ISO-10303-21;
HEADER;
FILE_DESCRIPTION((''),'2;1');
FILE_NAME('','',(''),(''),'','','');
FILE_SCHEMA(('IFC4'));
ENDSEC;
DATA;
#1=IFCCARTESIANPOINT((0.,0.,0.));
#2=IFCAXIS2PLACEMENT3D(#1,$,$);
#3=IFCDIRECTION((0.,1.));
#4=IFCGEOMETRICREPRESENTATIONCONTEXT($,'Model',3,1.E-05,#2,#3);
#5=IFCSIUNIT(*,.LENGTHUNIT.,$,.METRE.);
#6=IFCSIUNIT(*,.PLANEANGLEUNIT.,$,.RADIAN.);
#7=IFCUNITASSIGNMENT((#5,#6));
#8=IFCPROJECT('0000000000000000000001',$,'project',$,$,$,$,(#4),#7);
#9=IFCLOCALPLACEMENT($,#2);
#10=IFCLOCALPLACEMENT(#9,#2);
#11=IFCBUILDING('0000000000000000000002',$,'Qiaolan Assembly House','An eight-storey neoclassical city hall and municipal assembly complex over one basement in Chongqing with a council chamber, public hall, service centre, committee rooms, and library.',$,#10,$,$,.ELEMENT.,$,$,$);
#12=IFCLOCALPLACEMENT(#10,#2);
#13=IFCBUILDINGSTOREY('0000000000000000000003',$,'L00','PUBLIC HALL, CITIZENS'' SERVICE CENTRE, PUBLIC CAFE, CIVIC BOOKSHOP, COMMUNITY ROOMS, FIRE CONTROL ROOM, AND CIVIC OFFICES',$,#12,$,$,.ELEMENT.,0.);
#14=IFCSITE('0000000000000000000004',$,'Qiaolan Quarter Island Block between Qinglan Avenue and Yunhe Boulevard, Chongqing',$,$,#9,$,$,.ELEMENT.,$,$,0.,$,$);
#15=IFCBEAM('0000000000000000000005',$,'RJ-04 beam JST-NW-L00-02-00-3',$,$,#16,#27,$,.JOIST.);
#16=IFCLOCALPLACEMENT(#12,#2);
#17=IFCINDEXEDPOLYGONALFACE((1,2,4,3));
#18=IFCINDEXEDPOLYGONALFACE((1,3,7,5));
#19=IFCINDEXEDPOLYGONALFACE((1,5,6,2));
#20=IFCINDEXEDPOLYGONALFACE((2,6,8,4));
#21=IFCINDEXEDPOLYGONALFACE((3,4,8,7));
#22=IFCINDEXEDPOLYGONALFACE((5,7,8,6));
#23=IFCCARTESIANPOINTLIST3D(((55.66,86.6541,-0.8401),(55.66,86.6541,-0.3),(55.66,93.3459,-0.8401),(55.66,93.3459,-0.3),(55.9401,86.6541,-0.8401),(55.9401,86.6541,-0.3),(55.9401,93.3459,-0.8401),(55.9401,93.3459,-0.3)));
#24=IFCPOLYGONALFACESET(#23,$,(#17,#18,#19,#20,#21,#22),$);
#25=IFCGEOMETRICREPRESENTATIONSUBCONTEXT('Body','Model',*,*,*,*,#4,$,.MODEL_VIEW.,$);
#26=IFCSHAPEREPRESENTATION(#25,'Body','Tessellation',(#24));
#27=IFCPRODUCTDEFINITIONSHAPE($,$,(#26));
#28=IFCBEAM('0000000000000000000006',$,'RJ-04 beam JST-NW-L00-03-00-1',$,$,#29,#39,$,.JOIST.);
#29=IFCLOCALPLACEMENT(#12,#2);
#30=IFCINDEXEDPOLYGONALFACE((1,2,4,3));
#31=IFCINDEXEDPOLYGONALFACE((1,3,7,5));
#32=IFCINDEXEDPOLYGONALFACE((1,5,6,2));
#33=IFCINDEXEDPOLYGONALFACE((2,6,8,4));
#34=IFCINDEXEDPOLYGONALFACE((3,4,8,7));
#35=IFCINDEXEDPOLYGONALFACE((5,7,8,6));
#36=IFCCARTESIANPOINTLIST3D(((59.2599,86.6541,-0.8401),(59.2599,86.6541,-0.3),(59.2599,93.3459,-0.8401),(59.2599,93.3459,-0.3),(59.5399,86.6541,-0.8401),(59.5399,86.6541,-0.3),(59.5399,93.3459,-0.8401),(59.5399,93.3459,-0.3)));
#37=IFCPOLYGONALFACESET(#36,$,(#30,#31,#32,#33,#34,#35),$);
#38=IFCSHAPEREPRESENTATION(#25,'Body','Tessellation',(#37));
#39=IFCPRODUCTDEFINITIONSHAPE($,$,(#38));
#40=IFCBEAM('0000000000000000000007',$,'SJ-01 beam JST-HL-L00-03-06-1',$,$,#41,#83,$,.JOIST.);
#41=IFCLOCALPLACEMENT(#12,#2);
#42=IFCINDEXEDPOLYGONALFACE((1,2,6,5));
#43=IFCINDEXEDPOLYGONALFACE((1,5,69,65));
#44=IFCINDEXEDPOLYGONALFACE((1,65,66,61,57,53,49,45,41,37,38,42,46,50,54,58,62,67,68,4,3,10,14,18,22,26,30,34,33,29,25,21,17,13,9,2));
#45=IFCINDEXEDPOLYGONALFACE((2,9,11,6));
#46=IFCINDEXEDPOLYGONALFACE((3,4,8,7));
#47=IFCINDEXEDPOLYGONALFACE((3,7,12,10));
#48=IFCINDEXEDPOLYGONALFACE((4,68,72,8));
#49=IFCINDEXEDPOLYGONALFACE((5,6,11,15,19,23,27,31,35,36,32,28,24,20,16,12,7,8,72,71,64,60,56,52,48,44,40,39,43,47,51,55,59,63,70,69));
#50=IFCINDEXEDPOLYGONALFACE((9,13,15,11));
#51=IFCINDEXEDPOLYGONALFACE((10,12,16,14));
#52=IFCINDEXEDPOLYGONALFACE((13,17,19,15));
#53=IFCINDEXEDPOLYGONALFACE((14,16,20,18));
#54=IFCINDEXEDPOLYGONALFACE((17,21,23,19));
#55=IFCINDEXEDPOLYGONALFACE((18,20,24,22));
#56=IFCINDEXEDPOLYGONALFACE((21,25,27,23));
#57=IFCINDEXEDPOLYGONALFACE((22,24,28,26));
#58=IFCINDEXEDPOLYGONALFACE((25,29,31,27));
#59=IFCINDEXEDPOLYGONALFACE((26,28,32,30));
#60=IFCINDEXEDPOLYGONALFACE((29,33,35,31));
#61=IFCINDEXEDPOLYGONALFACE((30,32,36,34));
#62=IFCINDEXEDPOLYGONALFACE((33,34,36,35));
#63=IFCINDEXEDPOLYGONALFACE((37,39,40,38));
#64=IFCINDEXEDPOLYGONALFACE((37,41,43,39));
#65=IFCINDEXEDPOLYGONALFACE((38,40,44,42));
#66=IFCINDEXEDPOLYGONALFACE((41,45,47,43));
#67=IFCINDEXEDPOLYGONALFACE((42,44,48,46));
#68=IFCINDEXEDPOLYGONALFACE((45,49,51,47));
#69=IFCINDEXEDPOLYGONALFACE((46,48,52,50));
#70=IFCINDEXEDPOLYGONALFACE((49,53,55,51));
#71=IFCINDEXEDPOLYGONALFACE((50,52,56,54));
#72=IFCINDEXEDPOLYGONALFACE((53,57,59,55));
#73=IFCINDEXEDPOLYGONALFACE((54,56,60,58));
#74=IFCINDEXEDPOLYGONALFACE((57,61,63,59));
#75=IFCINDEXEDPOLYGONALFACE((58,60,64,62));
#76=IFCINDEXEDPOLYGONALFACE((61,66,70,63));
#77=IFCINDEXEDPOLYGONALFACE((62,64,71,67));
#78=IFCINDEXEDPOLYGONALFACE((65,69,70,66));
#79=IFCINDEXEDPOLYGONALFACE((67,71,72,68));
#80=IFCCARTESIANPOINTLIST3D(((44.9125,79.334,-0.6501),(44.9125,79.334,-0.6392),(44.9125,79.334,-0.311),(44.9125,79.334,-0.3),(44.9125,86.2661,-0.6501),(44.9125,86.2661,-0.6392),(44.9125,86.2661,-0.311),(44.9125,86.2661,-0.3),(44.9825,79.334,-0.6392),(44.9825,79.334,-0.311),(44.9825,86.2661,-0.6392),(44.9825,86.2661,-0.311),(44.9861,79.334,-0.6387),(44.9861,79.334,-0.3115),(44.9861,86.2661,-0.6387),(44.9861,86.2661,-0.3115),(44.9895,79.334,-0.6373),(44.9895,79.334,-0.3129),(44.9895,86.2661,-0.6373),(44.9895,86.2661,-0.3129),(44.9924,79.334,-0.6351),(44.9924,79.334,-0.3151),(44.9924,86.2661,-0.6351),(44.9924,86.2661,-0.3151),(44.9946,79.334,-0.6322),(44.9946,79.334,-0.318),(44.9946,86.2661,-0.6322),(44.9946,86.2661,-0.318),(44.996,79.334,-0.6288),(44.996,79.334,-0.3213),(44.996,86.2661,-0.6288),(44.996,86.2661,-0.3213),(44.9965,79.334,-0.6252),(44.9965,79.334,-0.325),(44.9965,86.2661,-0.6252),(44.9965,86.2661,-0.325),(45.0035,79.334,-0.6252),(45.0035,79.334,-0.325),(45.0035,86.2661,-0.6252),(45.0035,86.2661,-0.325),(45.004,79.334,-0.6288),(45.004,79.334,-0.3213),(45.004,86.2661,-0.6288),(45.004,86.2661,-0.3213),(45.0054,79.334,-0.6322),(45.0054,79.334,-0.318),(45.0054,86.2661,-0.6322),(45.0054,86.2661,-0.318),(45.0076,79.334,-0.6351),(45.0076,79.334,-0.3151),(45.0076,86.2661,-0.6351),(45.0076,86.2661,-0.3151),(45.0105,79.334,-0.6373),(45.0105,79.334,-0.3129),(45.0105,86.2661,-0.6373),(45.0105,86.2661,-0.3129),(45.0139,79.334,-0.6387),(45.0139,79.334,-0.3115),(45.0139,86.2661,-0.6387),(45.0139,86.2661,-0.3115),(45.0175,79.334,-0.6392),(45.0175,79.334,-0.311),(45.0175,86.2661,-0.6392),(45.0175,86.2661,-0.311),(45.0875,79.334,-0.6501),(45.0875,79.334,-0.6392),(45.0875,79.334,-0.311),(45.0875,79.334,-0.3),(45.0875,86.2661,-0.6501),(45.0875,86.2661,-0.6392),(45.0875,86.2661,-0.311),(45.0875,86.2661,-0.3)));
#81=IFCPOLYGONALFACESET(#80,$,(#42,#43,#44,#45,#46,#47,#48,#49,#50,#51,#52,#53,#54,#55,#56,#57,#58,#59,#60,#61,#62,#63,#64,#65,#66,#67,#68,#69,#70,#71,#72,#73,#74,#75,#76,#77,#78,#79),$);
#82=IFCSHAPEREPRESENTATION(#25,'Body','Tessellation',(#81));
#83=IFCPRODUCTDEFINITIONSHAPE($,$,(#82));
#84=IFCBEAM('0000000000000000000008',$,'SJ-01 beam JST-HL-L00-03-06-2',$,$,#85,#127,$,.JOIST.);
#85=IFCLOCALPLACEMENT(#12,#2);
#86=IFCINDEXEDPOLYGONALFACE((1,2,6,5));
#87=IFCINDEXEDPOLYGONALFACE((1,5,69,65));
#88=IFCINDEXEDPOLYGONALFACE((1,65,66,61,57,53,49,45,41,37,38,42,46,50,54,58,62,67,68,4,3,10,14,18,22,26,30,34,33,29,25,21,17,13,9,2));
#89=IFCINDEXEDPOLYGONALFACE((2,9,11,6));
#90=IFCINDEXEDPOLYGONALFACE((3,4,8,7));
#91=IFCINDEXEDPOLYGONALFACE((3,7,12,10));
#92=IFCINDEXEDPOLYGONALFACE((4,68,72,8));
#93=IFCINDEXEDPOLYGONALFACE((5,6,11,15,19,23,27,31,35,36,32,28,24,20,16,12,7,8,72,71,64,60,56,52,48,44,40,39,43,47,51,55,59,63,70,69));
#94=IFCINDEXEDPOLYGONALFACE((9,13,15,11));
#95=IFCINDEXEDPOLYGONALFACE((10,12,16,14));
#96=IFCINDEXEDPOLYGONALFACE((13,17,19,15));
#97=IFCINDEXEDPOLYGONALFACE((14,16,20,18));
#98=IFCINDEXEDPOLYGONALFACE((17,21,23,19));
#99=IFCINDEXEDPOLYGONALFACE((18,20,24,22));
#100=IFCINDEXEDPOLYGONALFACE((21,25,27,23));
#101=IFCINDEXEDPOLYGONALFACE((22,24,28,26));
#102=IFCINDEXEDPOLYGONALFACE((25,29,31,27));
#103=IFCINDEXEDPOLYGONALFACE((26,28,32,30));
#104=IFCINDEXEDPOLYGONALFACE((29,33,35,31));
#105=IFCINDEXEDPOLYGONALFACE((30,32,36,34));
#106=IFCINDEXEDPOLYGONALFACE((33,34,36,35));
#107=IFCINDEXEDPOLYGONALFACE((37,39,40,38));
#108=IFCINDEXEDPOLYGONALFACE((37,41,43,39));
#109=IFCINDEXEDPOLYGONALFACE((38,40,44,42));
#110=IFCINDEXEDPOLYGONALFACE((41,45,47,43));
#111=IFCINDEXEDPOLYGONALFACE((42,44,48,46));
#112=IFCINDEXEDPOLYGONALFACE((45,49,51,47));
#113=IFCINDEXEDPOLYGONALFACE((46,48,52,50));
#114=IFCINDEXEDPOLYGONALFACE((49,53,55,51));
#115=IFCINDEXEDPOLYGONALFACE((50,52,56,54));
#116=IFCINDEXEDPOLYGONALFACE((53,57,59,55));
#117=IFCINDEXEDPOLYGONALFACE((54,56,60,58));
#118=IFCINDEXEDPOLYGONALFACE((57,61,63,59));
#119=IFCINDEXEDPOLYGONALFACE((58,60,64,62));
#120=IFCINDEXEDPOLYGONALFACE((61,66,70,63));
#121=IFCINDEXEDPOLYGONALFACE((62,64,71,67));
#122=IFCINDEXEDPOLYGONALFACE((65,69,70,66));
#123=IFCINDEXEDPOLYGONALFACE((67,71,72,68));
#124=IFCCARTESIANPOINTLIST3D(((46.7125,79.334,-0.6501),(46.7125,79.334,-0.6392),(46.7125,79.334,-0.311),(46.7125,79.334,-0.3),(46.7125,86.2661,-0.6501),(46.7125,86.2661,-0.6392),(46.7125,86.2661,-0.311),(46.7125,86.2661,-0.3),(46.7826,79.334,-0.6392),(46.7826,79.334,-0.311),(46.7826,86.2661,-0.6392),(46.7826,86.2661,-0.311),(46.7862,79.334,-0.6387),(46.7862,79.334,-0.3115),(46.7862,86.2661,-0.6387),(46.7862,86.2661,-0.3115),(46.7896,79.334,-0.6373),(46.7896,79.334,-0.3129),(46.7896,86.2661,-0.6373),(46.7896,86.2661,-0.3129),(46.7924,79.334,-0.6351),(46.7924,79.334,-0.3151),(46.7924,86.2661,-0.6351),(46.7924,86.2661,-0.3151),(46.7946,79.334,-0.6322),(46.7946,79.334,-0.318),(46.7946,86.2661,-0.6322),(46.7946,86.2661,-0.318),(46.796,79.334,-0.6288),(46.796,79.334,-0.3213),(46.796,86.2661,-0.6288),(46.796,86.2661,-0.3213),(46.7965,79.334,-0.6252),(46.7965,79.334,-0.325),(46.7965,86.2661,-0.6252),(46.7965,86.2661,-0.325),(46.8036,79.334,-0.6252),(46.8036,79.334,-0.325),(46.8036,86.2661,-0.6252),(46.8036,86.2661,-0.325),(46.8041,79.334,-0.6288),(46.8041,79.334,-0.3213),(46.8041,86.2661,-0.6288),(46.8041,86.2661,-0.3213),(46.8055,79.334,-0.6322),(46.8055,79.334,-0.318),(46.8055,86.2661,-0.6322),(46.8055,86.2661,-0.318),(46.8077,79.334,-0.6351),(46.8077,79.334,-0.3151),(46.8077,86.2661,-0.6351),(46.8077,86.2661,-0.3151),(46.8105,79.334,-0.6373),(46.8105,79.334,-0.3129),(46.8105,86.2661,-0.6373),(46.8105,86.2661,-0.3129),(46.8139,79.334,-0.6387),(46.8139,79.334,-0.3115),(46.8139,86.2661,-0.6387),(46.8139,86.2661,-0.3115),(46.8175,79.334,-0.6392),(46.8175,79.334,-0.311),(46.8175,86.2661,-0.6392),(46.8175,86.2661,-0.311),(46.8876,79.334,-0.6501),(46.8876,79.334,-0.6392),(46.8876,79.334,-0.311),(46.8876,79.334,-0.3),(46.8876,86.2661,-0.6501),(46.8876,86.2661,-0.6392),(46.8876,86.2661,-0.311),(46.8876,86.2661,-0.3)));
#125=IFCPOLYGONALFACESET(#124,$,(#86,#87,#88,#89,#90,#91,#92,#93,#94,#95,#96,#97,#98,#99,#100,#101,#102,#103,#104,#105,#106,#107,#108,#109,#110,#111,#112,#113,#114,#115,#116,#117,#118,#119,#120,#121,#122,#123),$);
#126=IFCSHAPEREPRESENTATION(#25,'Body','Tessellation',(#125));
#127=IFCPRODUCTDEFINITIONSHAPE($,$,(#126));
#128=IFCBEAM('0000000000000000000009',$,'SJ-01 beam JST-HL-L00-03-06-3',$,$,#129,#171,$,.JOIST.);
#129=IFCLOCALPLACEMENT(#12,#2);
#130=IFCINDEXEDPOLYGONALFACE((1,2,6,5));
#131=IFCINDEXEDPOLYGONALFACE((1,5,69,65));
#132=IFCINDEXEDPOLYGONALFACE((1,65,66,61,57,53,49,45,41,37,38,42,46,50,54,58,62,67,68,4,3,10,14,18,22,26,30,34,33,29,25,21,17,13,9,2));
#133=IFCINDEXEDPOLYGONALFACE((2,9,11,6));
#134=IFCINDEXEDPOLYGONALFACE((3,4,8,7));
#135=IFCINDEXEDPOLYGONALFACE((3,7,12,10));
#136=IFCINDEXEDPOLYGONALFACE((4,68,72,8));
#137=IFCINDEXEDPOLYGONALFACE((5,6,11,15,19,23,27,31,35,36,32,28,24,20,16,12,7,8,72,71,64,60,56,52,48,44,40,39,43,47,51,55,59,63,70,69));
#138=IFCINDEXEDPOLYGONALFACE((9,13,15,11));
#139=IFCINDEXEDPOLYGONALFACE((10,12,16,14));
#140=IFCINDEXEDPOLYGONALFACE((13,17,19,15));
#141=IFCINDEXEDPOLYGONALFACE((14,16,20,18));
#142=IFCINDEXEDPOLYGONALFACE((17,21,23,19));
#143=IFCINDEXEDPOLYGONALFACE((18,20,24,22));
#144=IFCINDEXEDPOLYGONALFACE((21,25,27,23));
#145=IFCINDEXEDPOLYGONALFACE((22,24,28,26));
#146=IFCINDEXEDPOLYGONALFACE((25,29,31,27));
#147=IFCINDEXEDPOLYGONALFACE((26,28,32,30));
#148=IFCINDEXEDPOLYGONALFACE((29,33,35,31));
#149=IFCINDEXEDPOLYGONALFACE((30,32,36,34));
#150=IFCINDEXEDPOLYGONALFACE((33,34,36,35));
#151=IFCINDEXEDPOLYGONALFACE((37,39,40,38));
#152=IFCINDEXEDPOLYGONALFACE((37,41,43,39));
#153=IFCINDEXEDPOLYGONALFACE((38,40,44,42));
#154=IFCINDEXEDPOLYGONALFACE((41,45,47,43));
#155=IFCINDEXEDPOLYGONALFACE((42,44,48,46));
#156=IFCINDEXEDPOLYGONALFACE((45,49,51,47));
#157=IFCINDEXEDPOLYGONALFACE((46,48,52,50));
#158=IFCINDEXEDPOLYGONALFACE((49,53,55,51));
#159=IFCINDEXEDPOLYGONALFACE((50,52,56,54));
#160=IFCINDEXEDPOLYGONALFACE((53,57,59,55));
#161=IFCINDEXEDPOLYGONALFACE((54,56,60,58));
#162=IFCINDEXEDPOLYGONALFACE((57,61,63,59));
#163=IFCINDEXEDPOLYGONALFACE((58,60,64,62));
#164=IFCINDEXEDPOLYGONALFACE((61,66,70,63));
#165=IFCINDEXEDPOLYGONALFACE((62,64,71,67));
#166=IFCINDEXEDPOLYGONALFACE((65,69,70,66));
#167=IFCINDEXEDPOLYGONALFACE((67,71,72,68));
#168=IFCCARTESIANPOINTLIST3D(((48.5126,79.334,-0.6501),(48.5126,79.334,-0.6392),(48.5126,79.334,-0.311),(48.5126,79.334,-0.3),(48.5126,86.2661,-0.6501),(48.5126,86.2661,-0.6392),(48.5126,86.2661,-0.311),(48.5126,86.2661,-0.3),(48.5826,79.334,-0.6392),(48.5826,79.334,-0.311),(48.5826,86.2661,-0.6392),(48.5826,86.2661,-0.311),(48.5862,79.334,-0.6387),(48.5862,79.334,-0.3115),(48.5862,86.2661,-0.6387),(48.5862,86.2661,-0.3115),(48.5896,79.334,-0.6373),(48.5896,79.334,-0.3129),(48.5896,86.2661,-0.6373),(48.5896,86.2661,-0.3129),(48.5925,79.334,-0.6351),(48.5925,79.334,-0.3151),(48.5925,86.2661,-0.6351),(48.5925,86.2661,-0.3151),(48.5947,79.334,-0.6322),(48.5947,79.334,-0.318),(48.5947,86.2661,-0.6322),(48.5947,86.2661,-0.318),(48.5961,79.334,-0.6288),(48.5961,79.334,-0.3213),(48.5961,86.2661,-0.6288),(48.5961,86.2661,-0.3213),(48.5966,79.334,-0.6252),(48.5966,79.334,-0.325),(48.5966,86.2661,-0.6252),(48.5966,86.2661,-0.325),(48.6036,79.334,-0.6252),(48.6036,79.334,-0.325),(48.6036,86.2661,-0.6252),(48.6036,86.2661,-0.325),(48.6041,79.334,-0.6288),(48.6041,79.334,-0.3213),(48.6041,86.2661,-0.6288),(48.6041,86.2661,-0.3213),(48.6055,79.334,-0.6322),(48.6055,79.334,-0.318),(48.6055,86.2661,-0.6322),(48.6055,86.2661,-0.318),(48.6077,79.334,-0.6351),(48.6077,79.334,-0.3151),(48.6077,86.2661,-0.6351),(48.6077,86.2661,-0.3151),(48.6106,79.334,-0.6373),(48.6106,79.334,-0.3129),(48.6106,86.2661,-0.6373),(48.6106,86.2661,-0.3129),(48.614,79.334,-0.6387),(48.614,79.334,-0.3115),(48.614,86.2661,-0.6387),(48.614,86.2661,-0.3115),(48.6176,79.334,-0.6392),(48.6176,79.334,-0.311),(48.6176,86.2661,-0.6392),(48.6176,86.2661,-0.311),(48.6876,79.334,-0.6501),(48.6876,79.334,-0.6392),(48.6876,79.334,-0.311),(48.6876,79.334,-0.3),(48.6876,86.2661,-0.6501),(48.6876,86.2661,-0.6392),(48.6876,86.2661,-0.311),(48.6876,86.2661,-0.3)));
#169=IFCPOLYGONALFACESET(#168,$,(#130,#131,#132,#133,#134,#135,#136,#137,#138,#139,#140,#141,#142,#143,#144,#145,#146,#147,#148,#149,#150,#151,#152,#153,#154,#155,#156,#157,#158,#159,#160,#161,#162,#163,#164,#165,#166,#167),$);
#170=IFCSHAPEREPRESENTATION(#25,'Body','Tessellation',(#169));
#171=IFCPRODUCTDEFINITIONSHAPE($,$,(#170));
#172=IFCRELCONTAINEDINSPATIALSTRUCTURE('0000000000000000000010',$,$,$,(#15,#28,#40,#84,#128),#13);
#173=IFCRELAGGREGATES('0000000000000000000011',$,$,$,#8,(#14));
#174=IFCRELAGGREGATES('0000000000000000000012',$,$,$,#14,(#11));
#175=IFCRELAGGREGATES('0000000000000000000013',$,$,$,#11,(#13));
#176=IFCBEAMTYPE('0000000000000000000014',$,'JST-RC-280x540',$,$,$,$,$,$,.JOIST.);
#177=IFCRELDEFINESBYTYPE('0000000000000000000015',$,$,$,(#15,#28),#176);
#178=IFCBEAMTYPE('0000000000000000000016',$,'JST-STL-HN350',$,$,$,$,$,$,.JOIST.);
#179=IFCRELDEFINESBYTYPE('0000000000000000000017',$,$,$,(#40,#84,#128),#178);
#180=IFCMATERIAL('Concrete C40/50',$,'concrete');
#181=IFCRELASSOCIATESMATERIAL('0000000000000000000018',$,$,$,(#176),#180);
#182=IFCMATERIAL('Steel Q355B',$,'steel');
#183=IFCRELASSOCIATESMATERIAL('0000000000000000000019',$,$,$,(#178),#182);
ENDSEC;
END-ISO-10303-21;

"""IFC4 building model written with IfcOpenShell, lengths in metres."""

from ifc_helpers import new_model, si_unit, direction, frame, origin, origin_2d, place, context, subcontext, project, spatial, rectangle, i_section, extrude, material, material_profile, profile_set, type_object, element, save


model = new_model("IFC4")

# Units and contexts
model_context = context("Model", 3, precision=1e-05, world=origin(), true_north=direction((0.0, 1.0)))
body_context = subcontext(model_context, "Body", "Model", "MODEL_VIEW")
ifc_project = project(units=[si_unit("LENGTHUNIT", "METRE"), si_unit("PLANEANGLEUNIT", "RADIAN")], contexts=[model_context])

# Site, building, storey
site_placement = place(None, origin())
site = spatial("IfcSite", under=ifc_project, at=site_placement, Name="Qiaolan Quarter Island Block between Qinglan Avenue and Yunhe Boulevard, Chongqing", CompositionType="ELEMENT", RefElevation=0.0)
building_placement = place(site_placement, origin())
building = spatial("IfcBuilding", under=site, at=building_placement, Name="Qiaolan Assembly House", Description="An eight-storey neoclassical city hall and municipal assembly complex over one basement in Chongqing with a council chamber, public hall, service centre, committee rooms, and library.", CompositionType="ELEMENT")
storey_placement = place(building_placement, origin())
storey = spatial("IfcBuildingStorey", under=building, at=storey_placement, Name="L00", Description="PUBLIC HALL, CITIZENS' SERVICE CENTRE, PUBLIC CAFE, CIVIC BOOKSHOP, COMMUNITY ROOMS, FIRE CONTROL ROOM, AND CIVIC OFFICES", CompositionType="ELEMENT", Elevation=0.0)

# Shared definitions
ifc_material_1 = material(Name="Steel Q355B", Category="steel")

# Beams
ifc_material_2 = material(Name="Concrete C40/50", Category="concrete")
ifc_material_profile_1 = material_profile(ifc_material_2, rectangle(XDim=0.28, YDim=0.54, at=origin_2d()), Name="RCB 280x540")
ifc_profile_set_1 = profile_set([ifc_material_profile_1], Name="Concrete C40/50")
beam_type_1 = type_object("IfcBeamType", Name="JST-RC-280x540", PredefinedType="JOIST", material=ifc_profile_set_1)
for number, where, z_axis, x_axis, name in (
    (1, (55.8, 86.6541, -0.5701), (0.0, 1.0, 0.0), (-1.0, 0.0, 0.0), "RJ-04 beam JST-NW-L00-02-00-3"),
    (2, (59.3999, 86.6541, -0.5701), (0.0, 1.0, 0.0), (-1.0, 0.0, 0.0), "RJ-04 beam JST-NW-L00-03-00-1"),
):
    element("IfcBeam", number, at=place(storey_placement, frame(where, z_axis=z_axis, x_axis=x_axis)), inside=storey, type_object=beam_type_1, Name=name, PredefinedType="JOIST", context=body_context, shape_type="SweptSolid", body=[
        extrude(rectangle(XDim=0.28, YDim=0.54, at=origin_2d()), origin(), (0.0, 0.0, 1.0), 6.6919),
    ])
ifc_material_profile_2 = material_profile(ifc_material_1, i_section(OverallWidth=0.175, OverallDepth=0.3501, WebThickness=0.0071, FlangeThickness=0.011, FilletRadius=0.0139, at=origin_2d()), Name="HN 350x175x7x11")
ifc_profile_set_2 = profile_set([ifc_material_profile_2], Name="Steel Q355B")
beam_type_2 = type_object("IfcBeamType", Name="JST-STL-HN350", PredefinedType="JOIST", material=ifc_profile_set_2)
for number, where, z_axis, x_axis, name in (
    (3, (45.0, 79.334, -0.4751), (0.0, 1.0, 0.0), (-1.0, 0.0, 0.0), "SJ-01 beam JST-HL-L00-03-06-1"),
    (4, (46.8, 79.334, -0.4751), (0.0, 1.0, 0.0), (-1.0, 0.0, 0.0), "SJ-01 beam JST-HL-L00-03-06-2"),
    (5, (48.6001, 79.334, -0.4751), (0.0, 1.0, 0.0), (-1.0, 0.0, 0.0), "SJ-01 beam JST-HL-L00-03-06-3"),
):
    element("IfcBeam", number, at=place(storey_placement, frame(where, z_axis=z_axis, x_axis=x_axis)), inside=storey, type_object=beam_type_2, Name=name, PredefinedType="JOIST", context=body_context, shape_type="SweptSolid", body=[
        extrude(i_section(OverallWidth=0.175, OverallDepth=0.3501, WebThickness=0.0071, FlangeThickness=0.011, FilletRadius=0.0139, at=origin_2d()), origin(), (0.0, 0.0, 1.0), 6.9321),
    ])

save(model, "model.ifc")
